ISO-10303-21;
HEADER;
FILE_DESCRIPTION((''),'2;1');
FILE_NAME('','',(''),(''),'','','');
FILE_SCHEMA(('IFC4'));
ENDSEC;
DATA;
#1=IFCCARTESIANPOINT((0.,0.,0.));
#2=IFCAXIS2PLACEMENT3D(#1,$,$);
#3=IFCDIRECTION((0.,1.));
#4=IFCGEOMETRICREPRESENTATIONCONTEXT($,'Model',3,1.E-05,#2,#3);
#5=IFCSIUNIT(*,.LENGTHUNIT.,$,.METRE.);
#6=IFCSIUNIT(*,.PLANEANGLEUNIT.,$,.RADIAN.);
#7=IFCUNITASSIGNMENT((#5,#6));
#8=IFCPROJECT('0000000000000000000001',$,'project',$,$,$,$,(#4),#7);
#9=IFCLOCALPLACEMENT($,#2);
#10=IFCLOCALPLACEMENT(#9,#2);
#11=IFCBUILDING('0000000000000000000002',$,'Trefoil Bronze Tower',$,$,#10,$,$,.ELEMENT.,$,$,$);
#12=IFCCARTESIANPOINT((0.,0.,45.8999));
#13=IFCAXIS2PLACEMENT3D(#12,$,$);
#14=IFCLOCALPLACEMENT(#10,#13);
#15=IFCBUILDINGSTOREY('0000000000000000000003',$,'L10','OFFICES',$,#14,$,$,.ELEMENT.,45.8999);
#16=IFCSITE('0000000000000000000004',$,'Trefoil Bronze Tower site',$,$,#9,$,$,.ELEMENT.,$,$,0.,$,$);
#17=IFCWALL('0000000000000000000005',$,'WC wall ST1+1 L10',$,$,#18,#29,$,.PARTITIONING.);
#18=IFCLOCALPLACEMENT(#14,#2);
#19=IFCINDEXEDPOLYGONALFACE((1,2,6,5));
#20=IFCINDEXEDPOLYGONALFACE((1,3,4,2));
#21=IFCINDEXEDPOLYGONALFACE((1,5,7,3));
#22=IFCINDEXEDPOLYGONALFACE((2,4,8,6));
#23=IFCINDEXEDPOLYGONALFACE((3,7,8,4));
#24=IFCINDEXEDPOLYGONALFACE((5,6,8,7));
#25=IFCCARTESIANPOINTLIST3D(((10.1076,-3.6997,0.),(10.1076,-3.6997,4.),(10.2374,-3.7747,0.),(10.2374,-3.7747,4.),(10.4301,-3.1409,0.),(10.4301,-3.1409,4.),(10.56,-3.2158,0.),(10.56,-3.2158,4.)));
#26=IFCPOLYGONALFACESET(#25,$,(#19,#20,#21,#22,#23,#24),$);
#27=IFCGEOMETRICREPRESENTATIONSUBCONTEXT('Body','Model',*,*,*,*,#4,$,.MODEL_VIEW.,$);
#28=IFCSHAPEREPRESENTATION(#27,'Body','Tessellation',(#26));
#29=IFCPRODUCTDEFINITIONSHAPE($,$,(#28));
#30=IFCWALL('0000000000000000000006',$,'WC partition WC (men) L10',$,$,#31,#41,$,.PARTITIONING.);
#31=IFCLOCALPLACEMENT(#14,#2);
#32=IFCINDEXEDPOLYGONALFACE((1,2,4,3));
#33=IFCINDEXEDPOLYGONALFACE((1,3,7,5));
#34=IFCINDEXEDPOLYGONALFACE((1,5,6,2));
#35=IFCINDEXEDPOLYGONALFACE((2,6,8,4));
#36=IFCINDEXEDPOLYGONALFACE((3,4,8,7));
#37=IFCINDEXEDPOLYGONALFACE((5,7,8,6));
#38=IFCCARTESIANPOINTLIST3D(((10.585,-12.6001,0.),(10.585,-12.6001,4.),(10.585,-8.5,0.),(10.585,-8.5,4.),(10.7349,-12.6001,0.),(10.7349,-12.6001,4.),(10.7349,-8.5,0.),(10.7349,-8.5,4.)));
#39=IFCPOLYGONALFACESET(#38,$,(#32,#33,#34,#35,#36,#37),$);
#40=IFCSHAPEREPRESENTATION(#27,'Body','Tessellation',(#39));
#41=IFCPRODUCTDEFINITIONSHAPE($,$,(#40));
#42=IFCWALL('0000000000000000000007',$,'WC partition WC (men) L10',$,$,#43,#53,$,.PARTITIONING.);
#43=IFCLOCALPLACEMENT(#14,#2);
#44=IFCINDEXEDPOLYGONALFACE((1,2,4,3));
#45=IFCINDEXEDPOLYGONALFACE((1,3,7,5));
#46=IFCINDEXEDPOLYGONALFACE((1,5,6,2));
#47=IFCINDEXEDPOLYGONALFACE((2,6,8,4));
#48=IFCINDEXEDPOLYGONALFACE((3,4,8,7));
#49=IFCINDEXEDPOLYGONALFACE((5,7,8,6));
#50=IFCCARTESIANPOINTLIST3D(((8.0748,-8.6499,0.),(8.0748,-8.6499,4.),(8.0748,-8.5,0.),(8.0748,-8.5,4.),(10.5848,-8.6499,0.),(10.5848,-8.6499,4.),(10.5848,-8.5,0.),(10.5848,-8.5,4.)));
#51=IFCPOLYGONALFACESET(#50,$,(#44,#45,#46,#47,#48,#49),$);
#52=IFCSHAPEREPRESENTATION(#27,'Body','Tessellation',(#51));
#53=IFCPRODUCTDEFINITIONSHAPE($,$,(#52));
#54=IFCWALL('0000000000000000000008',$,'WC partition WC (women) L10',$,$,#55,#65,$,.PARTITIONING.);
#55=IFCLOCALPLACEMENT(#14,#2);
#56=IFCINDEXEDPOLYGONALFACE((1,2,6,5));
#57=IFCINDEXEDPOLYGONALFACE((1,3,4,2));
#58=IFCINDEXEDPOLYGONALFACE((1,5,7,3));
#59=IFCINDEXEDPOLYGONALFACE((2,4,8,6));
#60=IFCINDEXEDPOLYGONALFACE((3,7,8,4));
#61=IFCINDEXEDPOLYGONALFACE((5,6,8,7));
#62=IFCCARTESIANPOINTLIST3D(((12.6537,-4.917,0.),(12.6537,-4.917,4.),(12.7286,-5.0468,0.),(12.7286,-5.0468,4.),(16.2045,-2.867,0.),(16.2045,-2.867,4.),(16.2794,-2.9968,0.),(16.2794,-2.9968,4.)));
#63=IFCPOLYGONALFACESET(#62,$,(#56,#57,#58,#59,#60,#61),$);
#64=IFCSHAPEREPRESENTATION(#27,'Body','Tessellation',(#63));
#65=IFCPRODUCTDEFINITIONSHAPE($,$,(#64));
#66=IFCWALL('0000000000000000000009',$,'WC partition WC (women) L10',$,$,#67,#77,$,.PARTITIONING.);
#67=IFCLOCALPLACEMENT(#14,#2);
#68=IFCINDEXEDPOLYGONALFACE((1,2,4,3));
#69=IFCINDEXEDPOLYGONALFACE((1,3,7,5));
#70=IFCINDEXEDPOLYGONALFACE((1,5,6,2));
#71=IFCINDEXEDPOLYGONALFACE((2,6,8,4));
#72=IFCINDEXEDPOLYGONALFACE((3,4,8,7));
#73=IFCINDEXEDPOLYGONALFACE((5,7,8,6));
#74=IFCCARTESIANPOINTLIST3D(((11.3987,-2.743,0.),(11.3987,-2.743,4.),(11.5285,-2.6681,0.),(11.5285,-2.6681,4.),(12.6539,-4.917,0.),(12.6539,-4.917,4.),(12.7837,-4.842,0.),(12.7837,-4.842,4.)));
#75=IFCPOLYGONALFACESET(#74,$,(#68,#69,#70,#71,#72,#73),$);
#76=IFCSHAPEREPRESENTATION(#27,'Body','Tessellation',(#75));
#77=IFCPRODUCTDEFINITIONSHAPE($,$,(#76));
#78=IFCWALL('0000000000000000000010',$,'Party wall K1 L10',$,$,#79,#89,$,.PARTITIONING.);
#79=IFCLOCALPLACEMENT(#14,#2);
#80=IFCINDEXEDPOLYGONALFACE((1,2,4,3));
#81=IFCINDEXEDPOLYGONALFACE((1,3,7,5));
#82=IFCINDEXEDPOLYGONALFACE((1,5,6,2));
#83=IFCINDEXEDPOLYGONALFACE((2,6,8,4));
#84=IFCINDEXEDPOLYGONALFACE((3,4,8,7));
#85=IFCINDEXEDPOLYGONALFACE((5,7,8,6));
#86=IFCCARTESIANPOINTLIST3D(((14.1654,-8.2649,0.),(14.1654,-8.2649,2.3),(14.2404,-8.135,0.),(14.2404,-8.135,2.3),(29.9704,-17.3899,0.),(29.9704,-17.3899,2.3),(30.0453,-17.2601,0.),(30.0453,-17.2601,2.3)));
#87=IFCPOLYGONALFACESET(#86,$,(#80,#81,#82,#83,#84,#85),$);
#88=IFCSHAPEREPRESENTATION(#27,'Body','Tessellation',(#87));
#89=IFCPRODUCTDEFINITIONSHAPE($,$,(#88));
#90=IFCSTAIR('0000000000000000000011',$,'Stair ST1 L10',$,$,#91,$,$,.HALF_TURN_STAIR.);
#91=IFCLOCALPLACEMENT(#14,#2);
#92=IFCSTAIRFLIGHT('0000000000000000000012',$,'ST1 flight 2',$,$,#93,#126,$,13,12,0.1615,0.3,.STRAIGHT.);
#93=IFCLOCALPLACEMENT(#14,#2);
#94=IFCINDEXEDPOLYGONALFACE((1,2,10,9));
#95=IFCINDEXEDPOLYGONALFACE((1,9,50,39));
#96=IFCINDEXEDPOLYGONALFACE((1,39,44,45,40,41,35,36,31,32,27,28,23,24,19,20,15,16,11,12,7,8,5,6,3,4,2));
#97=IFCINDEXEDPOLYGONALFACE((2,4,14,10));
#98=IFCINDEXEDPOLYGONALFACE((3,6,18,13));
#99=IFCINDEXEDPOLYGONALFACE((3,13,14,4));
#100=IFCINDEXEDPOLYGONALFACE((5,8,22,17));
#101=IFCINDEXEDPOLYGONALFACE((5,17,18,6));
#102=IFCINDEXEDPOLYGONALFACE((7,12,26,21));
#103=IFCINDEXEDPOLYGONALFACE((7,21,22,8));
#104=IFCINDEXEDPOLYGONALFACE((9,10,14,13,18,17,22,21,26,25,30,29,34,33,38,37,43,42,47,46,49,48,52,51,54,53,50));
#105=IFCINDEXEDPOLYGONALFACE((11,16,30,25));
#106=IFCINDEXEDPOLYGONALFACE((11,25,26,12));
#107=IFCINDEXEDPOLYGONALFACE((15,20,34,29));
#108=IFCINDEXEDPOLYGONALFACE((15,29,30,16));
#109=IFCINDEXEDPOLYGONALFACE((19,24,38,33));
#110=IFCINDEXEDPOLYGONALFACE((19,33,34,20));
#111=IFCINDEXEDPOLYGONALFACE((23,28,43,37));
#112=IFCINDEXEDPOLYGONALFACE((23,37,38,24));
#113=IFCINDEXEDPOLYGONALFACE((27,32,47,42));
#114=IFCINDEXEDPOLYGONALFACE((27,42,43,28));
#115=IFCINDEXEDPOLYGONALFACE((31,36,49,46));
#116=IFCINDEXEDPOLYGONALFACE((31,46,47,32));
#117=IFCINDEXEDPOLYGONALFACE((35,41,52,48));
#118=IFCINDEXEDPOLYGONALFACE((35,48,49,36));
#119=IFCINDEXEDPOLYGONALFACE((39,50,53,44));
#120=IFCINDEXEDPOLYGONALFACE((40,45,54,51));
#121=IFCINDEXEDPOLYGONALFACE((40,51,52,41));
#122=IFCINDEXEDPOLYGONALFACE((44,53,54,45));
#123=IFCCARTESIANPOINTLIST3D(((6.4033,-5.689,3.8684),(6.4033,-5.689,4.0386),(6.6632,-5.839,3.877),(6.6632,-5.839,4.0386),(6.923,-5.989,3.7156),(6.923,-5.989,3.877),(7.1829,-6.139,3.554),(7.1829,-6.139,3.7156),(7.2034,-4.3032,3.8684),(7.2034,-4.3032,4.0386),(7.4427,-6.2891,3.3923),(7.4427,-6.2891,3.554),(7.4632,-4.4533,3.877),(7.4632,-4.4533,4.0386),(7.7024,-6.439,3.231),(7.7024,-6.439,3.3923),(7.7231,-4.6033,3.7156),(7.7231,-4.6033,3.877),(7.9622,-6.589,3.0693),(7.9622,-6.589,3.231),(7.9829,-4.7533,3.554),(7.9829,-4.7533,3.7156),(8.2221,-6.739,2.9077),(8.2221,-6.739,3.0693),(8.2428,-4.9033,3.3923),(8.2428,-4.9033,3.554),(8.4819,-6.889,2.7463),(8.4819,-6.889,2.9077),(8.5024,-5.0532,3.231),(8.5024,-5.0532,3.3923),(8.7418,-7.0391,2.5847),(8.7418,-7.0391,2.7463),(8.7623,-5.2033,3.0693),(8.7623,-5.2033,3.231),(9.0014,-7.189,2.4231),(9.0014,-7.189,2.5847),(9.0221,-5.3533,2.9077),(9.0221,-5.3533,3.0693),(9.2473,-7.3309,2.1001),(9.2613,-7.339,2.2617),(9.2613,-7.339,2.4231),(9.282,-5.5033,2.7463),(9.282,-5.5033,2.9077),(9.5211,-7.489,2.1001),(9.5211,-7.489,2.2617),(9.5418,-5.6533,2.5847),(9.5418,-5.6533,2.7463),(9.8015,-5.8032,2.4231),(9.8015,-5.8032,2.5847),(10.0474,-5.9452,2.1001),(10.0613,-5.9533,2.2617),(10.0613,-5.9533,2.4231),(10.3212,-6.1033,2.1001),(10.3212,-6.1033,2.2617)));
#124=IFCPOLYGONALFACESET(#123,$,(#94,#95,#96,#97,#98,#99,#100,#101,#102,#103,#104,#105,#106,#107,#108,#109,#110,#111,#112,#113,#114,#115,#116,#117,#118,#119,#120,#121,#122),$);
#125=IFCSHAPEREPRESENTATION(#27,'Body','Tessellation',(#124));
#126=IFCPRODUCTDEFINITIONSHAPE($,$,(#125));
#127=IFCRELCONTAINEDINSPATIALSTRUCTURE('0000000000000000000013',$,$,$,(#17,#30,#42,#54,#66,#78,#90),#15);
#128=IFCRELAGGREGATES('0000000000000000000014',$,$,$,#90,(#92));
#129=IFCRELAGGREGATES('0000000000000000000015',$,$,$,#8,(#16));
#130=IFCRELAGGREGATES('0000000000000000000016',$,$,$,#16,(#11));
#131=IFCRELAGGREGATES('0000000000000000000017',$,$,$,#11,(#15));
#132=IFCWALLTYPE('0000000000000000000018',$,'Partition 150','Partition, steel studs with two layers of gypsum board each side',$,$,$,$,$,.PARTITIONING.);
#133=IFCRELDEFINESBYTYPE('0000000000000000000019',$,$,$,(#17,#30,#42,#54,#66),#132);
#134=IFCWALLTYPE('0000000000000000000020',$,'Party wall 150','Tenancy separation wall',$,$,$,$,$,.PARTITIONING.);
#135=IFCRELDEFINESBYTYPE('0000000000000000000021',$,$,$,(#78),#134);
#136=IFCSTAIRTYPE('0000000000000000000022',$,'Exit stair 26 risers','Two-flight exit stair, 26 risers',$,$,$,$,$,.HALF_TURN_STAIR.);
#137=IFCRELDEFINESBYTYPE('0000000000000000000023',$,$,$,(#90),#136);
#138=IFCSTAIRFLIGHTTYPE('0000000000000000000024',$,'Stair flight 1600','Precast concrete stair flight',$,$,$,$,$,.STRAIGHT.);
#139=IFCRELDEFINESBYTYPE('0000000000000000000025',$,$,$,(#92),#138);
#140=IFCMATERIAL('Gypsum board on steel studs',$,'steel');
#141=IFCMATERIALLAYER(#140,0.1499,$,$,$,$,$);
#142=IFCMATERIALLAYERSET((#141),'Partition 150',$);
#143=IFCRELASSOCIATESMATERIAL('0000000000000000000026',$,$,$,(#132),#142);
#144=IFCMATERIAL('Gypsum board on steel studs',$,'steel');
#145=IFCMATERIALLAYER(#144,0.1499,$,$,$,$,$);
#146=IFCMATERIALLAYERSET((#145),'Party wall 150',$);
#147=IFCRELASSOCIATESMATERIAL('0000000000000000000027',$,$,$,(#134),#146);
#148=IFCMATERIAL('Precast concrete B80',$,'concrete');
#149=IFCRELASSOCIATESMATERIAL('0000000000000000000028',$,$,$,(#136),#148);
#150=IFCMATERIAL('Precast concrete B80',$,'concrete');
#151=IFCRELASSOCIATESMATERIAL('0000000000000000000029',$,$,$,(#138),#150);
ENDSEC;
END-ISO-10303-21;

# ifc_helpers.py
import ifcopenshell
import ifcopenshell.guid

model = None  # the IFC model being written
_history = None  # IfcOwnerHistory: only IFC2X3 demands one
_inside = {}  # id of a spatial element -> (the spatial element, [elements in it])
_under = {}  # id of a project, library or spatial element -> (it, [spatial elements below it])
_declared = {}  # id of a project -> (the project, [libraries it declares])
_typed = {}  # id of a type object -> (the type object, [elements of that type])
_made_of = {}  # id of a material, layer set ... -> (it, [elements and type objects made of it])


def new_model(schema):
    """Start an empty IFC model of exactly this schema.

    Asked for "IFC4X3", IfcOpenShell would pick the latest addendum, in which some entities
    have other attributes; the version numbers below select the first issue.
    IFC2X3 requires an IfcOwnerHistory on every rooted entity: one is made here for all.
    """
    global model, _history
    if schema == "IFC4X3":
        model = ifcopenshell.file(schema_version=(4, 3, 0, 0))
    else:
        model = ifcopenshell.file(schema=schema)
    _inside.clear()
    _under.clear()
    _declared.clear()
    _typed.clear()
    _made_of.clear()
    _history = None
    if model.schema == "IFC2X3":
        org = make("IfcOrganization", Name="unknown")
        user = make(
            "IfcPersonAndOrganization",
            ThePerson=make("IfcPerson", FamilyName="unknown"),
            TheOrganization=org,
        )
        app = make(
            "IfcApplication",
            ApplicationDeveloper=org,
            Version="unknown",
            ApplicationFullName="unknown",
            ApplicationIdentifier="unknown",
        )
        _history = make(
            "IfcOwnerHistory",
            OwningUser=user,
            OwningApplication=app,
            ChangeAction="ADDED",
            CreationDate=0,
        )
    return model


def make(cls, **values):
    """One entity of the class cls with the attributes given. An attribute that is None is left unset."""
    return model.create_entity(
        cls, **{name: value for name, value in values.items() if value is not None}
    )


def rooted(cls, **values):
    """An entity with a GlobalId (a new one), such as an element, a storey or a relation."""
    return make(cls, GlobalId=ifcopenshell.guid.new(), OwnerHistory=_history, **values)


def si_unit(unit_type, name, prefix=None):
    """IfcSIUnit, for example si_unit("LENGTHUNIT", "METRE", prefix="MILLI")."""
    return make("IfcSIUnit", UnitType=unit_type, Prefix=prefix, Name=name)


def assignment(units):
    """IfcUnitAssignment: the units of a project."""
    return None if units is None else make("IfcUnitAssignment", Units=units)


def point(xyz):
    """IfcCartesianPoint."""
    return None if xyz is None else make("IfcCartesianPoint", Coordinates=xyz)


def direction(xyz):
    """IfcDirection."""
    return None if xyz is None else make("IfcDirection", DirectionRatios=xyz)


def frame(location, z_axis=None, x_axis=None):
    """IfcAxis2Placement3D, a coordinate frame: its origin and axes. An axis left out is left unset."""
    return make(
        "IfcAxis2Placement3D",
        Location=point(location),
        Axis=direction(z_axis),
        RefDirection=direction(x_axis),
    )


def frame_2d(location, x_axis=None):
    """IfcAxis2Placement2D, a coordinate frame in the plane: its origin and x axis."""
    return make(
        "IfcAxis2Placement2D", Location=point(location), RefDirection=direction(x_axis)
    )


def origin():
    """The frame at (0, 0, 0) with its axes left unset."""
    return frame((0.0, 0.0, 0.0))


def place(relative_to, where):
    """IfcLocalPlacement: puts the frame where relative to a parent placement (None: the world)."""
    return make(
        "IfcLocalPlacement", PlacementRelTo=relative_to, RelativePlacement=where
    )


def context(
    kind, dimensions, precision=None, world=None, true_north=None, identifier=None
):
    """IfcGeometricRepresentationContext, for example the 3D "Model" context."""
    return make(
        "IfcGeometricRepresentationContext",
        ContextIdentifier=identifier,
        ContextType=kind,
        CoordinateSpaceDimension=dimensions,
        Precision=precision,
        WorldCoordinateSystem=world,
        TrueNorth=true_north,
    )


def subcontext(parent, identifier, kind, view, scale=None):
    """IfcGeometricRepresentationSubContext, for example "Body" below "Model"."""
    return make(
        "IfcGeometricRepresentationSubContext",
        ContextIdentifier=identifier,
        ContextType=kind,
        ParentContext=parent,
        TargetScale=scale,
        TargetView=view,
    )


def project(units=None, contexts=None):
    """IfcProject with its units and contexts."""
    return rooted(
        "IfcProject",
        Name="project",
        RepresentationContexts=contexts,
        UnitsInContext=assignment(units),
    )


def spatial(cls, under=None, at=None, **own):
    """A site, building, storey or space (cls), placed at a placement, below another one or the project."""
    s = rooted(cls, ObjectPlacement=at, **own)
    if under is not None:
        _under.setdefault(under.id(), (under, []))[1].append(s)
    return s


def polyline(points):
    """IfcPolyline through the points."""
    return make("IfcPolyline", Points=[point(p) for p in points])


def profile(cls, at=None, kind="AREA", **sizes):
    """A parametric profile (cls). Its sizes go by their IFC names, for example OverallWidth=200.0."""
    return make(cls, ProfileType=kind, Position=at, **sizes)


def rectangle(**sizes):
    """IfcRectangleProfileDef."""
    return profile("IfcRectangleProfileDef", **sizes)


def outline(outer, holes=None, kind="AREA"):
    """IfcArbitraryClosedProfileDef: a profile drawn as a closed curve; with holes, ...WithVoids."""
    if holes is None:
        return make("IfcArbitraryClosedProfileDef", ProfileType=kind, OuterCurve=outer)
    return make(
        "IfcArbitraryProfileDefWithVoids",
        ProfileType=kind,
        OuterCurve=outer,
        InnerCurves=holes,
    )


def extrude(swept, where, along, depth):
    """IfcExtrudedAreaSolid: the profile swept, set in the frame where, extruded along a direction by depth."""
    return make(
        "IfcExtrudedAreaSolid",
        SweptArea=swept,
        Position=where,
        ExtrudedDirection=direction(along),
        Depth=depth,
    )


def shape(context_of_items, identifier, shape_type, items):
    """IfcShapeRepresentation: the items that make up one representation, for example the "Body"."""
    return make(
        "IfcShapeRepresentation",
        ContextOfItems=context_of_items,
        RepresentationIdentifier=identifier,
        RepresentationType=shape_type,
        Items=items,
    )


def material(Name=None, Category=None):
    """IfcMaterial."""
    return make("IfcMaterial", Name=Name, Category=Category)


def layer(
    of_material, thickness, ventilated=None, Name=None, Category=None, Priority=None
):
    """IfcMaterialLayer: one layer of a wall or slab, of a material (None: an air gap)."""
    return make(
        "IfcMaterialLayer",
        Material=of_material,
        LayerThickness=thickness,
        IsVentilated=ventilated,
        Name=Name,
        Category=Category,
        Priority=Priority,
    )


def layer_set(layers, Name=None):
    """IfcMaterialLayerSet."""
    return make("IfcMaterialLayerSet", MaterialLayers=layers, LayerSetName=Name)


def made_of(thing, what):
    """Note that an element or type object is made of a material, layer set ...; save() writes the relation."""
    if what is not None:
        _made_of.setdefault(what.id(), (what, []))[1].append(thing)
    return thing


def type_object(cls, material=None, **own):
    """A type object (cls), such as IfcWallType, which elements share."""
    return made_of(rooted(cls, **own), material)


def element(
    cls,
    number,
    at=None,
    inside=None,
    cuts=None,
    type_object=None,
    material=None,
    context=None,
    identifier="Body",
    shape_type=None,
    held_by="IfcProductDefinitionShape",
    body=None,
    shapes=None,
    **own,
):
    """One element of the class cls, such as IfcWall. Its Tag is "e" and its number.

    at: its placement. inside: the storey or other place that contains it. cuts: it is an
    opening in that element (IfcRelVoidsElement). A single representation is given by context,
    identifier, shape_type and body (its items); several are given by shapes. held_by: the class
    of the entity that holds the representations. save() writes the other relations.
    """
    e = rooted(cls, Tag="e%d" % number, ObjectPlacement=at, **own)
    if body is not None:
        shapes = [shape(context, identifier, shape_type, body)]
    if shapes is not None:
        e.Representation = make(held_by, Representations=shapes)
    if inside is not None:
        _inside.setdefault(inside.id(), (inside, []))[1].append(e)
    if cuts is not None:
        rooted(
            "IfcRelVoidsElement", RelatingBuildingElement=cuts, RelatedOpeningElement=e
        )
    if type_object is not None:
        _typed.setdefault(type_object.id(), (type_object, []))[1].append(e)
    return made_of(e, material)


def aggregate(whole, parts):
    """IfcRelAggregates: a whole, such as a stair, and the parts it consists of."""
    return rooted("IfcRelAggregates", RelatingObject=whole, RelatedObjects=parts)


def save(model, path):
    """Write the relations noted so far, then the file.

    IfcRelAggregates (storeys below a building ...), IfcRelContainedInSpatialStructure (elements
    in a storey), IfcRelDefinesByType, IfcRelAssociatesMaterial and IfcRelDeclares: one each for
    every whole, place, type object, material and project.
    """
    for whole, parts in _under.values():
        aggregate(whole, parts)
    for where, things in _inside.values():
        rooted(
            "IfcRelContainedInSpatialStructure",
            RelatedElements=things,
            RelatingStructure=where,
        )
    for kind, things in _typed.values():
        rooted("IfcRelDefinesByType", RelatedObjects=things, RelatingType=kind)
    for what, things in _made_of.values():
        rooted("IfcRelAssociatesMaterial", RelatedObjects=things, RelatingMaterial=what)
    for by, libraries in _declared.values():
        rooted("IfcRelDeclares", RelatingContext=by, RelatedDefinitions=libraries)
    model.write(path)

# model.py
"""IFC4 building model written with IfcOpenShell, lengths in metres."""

from ifc_helpers import new_model, si_unit, direction, frame, frame_2d, origin, place, context, subcontext, project, spatial, polyline, rectangle, outline, extrude, material, layer, layer_set, type_object, element, aggregate, save


model = new_model("IFC4")

# Units and contexts
model_context = context("Model", 3, precision=1e-05, world=origin(), true_north=direction((0.0, 1.0)))
body_context = subcontext(model_context, "Body", "Model", "MODEL_VIEW")
ifc_project = project(units=[si_unit("LENGTHUNIT", "METRE"), si_unit("PLANEANGLEUNIT", "RADIAN")], contexts=[model_context])

# Site, building, storey
site_placement = place(None, origin())
site = spatial("IfcSite", under=ifc_project, at=site_placement, Name="Trefoil Bronze Tower site", CompositionType="ELEMENT", RefElevation=0.0)
building_placement = place(site_placement, origin())
building = spatial("IfcBuilding", under=site, at=building_placement, Name="Trefoil Bronze Tower", CompositionType="ELEMENT")
storey_placement = place(building_placement, frame((0.0, 0.0, 45.8999)))
storey = spatial("IfcBuildingStorey", under=building, at=storey_placement, Name="L10", Description="OFFICES", CompositionType="ELEMENT", Elevation=45.8999)

# Shared definitions
ifc_material_1 = material(Name="Gypsum board on steel studs", Category="steel")
ifc_layer_1 = layer(ifc_material_1, 0.1499)
ifc_layer_set_1 = layer_set([ifc_layer_1], Name="Partition 150")
wall_type_1 = type_object("IfcWallType", Name="Partition 150", Description="Partition, steel studs with two layers of gypsum board each side", PredefinedType="PARTITIONING", material=ifc_layer_set_1)

# Walls
for number, where, z_axis, x_axis, name in (
    (1, (10.4951, -3.1782, 0.0), (0.0, 0.0, 1.0), (-0.499843, -0.866116, 0.0), "WC wall ST1+1 L10"),
):
    element("IfcWall", number, at=place(storey_placement, frame(where, z_axis=z_axis, x_axis=x_axis)), inside=storey, type_object=wall_type_1, Name=name, PredefinedType="PARTITIONING", context=body_context, shape_type="SweptSolid", body=[
        extrude(rectangle(XDim=0.6453, YDim=0.1499, at=frame_2d((0.3228, 0.0))), origin(), (0.0, 0.0, 1.0), 4.0),
    ])
wall_1_placement = place(storey_placement, frame((10.6599, -8.5, 0.0), z_axis=(0.0, 0.0, 1.0), x_axis=(0.0, -1.0, 0.0)))
element("IfcWall", 2, at=wall_1_placement, inside=storey, type_object=wall_type_1, Name="WC partition WC (men) L10", PredefinedType="PARTITIONING", context=body_context, shape_type="SweptSolid", body=[
    extrude(rectangle(XDim=4.1001, YDim=0.1499, at=frame_2d((2.05, 0.0))), origin(), (0.0, 0.0, 1.0), 4.0),
])
wall_2_placement = place(storey_placement, frame((8.075, -8.575, 0.0), z_axis=(0.0, 0.0, 1.0), x_axis=(1.0, 0.0, 0.0)))
element("IfcWall", 3, at=wall_2_placement, inside=storey, type_object=wall_type_1, Name="WC partition WC (men) L10", PredefinedType="PARTITIONING", context=body_context, shape_type="SweptSolid", body=[
    extrude(rectangle(XDim=2.51, YDim=0.1499, at=frame_2d((1.2549, 0.0))), origin(), (0.0, 0.0, 1.0), 4.0),
])
wall_3_placement = place(storey_placement, frame((12.6912, -4.9819, 0.0), z_axis=(0.0, 0.0, 1.0), x_axis=(0.866025, 0.500001, 0.0)))
element("IfcWall", 4, at=wall_3_placement, inside=storey, type_object=wall_type_1, Name="WC partition WC (women) L10", PredefinedType="PARTITIONING", context=body_context, shape_type="SweptSolid", body=[
    extrude(rectangle(XDim=4.1001, YDim=0.1499, at=frame_2d((2.05, 0.0))), origin(), (0.0, 0.0, 1.0), 4.0),
])
wall_4_placement = place(storey_placement, frame((11.4636, -2.7056, 0.0), z_axis=(0.0, 0.0, 1.0), x_axis=(0.50002, -0.866014, 0.0)))
element("IfcWall", 5, at=wall_4_placement, inside=storey, type_object=wall_type_1, Name="WC partition WC (women) L10", PredefinedType="PARTITIONING", context=body_context, shape_type="SweptSolid", body=[
    extrude(rectangle(XDim=2.5103, YDim=0.1499, at=frame_2d((1.2551, 0.0))), origin(), (0.0, 0.0, 1.0), 4.0),
])
ifc_material_2 = material(Name="Gypsum board on steel studs", Category="steel")
ifc_layer_2 = layer(ifc_material_2, 0.1499)
ifc_layer_set_2 = layer_set([ifc_layer_2], Name="Party wall 150")
wall_type_2 = type_object("IfcWallType", Name="Party wall 150", Description="Tenancy separation wall", PredefinedType="PARTITIONING", material=ifc_layer_set_2)
wall_5_placement = place(storey_placement, frame((14.2029, -8.2, 0.0), z_axis=(0.0, 0.0, 1.0), x_axis=(0.866025, -0.500001, 0.0)))
element("IfcWall", 6, at=wall_5_placement, inside=storey, type_object=wall_type_2, Name="Party wall K1 L10", PredefinedType="PARTITIONING", context=body_context, shape_type="SweptSolid", body=[
    extrude(rectangle(XDim=18.25, YDim=0.1499, at=frame_2d((9.125, 0.0))), origin(), (0.0, 0.0, 1.0), 2.3),
])

# Stair, stair flight
ifc_material_3 = material(Name="Precast concrete B80", Category="concrete")
stair_type = type_object("IfcStairType", Name="Exit stair 26 risers", Description="Two-flight exit stair, 26 risers", PredefinedType="HALF_TURN_STAIR", material=ifc_material_3)
stair_placement = place(storey_placement, origin())
stair = element("IfcStair", 7, at=stair_placement, inside=storey, type_object=stair_type, Name="Stair ST1 L10", PredefinedType="HALF_TURN_STAIR")
ifc_material_4 = material(Name="Precast concrete B80", Category="concrete")
stair_flight_type = type_object("IfcStairFlightType", Name="Stair flight 1600", Description="Precast concrete stair flight", PredefinedType="STRAIGHT", material=ifc_material_4)
stair_flight_placement = place(storey_placement, frame((9.9211, -6.7961, 2.1001), z_axis=(0.0, 0.0, 1.0), x_axis=(-0.866025, 0.5, 0.0)))
stair_flight = element("IfcStairFlight", 8, at=stair_flight_placement, type_object=stair_flight_type, Name="ST1 flight 2", NumberOfRisers=13, NumberOfTreads=12, PredefinedType="STRAIGHT", RiserHeight=0.1615, TreadLength=0.3, context=body_context, shape_type="SweptSolid", body=[
    extrude(outline(polyline([(0.0, 0.0), (0.0, 0.1616), (0.3, 0.1616), (0.3, 0.323), (0.6001, 0.323), (0.6001, 0.4846), (0.8999, 0.4846), (0.8999, 0.6462), (1.2, 0.6462), (1.2, 0.8076), (1.5, 0.8076), (1.5, 0.9692), (1.8, 0.9692), (1.8, 1.1309), (2.1001, 1.1309), (2.1001, 1.2922), (2.3999, 1.2922), (2.3999, 1.4539), (2.7, 1.4539), (2.7, 1.6155), (3.0, 1.6155), (3.0, 1.7769), (3.3, 1.7769), (3.3, 1.9385), (3.6001, 1.9385), (3.6001, 2.1001), (3.6001, 1.7683), (0.3162, 0.0), (0.0, 0.0)])), frame((0.0, 0.8, 0.0), z_axis=(0.0, -1.0, 0.0), x_axis=(1.0, 0.0, 0.0)), (0.0, 0.0, 1.0), 1.6001),
])
aggregate(stair, [stair_flight])

save(model, "model.ifc")
